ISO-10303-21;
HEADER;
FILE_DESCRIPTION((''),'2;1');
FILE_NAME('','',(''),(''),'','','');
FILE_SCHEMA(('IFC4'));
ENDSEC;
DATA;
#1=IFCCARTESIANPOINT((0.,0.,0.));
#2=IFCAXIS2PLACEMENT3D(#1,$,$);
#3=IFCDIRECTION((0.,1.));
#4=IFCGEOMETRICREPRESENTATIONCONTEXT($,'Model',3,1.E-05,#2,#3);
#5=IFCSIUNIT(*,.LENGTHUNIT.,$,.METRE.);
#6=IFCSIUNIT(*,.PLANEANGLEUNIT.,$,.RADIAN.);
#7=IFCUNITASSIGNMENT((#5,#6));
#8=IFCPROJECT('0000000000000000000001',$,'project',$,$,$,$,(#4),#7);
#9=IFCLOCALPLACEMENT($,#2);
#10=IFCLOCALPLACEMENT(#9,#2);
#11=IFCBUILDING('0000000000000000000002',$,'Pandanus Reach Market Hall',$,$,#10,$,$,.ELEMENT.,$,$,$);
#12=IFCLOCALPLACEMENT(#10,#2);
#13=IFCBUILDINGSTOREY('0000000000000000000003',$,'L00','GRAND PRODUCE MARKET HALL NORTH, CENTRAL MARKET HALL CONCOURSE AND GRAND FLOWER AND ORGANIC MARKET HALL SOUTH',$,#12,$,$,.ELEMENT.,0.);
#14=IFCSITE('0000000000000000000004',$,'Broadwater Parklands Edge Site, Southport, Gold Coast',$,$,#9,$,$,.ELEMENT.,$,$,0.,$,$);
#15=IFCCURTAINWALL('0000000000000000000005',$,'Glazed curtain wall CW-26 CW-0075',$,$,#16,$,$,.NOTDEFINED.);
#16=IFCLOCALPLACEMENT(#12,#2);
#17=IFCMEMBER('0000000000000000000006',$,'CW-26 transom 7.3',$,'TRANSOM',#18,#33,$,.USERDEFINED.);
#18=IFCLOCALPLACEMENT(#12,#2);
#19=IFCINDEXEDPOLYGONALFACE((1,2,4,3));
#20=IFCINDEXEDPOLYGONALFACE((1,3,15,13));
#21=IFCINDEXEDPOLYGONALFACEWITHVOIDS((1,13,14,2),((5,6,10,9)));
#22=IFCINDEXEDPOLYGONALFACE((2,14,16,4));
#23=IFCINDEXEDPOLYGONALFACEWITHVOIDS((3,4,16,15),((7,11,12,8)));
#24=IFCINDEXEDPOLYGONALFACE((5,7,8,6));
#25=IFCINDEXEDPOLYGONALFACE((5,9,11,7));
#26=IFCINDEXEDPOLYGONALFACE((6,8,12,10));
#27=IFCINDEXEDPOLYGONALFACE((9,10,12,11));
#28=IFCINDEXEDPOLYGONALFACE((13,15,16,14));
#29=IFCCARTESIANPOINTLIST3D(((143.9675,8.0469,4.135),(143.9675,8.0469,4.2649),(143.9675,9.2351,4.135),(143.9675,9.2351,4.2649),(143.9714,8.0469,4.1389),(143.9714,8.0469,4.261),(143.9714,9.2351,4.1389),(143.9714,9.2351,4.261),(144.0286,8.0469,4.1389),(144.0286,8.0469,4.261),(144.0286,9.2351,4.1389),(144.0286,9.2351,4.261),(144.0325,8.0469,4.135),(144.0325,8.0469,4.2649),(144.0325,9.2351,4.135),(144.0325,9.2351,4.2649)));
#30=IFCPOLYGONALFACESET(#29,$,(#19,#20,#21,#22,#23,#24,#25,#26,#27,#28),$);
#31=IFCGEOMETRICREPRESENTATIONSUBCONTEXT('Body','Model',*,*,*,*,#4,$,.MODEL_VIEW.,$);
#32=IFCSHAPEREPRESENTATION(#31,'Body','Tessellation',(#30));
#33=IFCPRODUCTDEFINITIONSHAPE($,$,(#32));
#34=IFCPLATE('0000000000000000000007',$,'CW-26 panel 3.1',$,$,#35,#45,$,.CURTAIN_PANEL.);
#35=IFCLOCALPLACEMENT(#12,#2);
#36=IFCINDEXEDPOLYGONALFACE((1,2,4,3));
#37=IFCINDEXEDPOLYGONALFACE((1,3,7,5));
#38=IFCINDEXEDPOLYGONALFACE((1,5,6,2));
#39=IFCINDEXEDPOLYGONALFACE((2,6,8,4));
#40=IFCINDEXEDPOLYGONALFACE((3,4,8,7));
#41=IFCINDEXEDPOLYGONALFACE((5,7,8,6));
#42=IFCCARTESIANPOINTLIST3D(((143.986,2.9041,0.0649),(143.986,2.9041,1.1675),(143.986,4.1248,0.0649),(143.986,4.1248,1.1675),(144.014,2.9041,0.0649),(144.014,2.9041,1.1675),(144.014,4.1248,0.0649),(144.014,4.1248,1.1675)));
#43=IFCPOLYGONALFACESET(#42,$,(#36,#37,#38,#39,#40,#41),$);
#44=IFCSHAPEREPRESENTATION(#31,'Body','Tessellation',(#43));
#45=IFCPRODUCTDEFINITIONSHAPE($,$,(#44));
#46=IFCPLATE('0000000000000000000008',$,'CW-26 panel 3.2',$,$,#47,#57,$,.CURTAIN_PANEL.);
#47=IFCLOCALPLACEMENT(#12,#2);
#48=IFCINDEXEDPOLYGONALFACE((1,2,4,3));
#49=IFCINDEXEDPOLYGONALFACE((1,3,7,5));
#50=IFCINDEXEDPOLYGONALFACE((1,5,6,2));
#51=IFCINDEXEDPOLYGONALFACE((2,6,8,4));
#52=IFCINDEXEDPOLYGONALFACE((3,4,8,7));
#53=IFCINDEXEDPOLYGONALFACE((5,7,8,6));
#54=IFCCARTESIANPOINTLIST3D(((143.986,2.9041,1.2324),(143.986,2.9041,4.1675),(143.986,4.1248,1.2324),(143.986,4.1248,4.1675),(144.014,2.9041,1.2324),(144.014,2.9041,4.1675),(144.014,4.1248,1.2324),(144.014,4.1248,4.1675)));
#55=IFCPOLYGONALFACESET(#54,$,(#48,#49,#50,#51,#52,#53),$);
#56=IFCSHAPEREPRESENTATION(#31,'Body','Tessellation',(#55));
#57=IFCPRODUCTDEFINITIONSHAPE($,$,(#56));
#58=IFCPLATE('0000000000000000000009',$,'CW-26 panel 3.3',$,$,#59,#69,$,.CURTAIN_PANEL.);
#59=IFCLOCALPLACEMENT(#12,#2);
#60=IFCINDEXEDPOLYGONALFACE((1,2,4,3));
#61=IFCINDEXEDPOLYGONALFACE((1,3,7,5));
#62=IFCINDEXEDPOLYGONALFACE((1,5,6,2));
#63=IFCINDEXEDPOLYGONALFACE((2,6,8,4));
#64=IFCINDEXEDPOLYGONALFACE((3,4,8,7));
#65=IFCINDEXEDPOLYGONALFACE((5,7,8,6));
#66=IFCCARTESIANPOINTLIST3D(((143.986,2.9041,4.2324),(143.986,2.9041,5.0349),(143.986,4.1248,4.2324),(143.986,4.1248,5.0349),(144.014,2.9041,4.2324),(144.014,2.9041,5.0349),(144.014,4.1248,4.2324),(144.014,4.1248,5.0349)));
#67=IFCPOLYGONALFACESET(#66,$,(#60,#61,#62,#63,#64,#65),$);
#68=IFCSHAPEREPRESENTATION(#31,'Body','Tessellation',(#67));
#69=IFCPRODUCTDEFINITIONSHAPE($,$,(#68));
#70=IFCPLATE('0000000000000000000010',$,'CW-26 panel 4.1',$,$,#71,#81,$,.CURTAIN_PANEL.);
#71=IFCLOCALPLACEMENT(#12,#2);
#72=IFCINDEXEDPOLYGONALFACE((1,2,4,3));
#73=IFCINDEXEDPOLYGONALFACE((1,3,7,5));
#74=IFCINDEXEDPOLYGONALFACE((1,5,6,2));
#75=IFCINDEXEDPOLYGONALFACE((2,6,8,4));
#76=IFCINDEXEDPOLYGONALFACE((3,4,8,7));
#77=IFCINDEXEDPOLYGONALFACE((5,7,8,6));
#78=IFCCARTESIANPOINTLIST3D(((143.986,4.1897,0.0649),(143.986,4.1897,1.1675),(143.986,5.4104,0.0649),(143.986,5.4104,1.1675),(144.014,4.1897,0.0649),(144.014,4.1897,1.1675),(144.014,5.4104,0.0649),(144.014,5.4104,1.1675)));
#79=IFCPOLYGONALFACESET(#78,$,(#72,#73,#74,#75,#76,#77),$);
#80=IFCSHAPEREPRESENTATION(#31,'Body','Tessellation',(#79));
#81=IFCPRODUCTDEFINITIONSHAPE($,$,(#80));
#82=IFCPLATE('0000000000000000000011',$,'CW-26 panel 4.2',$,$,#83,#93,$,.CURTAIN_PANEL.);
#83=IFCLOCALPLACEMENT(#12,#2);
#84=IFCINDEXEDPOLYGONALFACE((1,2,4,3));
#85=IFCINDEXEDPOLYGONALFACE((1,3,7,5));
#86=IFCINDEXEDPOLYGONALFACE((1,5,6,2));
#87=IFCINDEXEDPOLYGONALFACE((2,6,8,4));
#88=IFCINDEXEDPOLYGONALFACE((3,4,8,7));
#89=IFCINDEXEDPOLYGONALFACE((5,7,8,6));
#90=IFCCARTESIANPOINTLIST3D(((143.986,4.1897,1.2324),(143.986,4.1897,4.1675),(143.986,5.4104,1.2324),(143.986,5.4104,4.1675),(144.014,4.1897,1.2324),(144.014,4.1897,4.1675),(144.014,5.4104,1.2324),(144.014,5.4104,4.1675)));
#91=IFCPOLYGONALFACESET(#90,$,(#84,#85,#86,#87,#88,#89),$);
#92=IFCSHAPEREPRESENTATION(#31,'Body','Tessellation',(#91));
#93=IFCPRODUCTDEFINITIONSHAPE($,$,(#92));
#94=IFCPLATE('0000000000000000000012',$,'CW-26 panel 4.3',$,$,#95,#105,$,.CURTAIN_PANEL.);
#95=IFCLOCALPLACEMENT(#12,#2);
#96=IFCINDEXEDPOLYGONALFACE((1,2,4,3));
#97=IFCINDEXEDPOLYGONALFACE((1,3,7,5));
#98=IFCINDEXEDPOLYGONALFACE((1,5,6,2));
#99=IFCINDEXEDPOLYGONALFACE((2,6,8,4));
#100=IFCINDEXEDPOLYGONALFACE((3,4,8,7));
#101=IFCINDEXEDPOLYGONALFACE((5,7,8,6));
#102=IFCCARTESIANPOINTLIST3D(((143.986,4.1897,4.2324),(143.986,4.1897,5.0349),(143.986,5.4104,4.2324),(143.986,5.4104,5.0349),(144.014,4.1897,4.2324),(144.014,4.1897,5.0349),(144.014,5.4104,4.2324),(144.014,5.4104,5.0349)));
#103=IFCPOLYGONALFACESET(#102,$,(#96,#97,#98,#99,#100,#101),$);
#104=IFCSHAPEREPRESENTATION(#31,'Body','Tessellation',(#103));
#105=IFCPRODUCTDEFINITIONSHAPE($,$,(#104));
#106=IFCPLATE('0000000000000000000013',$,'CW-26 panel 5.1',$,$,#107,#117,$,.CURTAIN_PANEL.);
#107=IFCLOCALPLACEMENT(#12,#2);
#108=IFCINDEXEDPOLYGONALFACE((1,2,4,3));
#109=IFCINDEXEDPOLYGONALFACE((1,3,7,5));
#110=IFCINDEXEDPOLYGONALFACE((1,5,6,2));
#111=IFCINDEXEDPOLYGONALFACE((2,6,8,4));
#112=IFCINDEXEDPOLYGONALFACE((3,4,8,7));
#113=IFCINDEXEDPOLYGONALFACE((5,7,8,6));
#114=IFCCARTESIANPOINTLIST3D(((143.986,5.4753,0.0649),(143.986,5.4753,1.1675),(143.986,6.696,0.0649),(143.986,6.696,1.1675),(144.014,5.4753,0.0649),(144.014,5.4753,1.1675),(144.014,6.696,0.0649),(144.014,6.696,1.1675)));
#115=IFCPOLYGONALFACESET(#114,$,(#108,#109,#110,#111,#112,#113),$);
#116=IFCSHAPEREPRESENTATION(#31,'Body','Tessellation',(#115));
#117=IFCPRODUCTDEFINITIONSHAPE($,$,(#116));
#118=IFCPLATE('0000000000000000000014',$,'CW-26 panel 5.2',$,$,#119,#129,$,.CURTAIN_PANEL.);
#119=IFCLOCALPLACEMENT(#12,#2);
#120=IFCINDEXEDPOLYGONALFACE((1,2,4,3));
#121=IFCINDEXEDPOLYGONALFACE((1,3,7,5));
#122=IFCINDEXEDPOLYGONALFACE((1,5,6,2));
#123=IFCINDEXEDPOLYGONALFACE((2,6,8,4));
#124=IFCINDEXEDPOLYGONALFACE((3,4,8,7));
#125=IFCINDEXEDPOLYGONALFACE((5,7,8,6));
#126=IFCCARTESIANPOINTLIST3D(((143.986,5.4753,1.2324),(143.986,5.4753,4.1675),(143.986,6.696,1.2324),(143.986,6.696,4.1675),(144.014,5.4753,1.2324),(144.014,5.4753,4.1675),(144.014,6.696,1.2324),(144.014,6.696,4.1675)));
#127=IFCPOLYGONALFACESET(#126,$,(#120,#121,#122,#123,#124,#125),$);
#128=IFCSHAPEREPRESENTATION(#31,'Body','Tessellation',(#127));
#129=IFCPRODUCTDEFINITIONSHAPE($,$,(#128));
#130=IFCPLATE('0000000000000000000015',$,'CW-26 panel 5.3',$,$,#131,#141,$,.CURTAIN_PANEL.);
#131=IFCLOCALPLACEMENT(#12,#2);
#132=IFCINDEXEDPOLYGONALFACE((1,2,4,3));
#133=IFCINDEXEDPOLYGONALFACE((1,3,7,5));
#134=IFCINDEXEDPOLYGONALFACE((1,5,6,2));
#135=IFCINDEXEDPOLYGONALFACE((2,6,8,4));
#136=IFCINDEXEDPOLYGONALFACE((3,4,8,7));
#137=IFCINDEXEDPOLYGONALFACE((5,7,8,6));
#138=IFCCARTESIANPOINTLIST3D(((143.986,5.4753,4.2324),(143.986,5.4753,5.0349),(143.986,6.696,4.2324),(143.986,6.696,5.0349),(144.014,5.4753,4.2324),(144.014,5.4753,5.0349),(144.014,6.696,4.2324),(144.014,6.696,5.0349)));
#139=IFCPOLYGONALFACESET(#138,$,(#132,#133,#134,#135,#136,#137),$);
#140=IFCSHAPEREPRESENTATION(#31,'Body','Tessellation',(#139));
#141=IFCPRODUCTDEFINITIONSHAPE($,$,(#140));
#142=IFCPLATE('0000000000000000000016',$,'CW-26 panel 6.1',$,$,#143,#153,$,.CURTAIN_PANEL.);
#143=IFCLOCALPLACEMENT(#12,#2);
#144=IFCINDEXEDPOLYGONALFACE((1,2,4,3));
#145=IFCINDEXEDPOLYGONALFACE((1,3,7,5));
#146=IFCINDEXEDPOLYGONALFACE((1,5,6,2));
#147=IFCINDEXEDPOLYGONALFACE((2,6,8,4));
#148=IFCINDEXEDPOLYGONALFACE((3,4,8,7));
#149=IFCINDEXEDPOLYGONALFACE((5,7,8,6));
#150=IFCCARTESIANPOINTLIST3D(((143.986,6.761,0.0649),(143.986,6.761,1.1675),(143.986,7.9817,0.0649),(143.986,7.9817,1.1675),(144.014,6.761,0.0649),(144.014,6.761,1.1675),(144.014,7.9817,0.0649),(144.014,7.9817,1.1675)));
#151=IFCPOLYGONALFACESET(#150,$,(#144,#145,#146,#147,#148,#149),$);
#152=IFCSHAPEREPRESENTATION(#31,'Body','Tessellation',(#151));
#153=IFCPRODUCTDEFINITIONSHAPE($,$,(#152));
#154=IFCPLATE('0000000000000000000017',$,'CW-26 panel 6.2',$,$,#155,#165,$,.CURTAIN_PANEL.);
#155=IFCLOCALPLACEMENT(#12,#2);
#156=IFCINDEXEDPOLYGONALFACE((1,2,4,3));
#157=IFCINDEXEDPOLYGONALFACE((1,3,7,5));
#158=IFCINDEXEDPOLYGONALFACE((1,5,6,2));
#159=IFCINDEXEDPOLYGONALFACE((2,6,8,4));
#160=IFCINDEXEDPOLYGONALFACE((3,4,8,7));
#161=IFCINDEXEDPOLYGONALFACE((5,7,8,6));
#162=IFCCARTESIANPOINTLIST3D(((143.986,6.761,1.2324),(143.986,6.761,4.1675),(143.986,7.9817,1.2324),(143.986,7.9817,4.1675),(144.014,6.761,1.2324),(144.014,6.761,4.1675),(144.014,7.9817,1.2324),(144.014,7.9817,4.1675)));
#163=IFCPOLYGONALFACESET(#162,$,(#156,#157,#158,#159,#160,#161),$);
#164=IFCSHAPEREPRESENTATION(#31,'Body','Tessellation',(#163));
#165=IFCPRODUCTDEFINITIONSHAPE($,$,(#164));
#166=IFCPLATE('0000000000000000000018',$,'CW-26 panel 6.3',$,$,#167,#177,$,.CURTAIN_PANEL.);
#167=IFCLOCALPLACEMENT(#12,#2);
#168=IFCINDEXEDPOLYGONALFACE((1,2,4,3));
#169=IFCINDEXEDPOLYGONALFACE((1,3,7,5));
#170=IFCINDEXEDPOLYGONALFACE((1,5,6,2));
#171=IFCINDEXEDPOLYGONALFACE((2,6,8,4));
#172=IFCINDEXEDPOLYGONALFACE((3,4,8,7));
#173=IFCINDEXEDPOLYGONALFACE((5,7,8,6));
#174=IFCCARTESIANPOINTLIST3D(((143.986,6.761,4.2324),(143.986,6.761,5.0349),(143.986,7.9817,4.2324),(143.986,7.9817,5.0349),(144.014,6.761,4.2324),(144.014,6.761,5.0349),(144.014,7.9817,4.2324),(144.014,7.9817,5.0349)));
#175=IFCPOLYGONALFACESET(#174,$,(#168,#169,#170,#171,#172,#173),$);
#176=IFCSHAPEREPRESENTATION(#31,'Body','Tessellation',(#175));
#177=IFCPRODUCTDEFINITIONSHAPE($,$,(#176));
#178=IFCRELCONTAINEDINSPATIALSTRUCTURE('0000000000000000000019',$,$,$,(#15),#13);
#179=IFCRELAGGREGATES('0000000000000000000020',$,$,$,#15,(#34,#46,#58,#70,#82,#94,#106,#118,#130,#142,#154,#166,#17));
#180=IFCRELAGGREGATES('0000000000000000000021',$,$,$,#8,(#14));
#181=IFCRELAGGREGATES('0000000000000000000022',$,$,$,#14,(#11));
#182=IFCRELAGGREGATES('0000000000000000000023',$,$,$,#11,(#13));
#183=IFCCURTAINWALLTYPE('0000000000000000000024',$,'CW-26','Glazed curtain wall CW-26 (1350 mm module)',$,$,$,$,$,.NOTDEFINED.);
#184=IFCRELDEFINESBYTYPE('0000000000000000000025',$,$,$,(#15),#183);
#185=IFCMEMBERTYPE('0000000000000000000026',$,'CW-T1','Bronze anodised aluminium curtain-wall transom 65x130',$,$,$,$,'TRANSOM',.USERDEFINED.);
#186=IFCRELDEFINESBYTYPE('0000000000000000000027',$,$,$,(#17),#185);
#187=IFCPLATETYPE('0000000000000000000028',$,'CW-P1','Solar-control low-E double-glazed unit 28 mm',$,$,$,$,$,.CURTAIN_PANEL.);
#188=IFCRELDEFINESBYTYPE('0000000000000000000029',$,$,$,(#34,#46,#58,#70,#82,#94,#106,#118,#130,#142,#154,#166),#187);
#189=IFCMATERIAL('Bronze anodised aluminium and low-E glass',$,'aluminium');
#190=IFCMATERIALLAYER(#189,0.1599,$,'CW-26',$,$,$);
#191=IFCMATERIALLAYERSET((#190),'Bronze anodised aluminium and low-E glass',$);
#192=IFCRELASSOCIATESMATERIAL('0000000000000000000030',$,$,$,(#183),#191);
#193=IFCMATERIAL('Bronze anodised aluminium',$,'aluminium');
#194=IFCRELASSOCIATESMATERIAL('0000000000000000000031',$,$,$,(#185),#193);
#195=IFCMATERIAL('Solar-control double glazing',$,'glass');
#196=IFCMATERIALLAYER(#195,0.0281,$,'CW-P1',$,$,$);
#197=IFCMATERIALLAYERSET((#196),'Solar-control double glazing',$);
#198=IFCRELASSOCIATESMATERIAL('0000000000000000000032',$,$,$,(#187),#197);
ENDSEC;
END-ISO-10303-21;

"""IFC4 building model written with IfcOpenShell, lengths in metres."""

from ifc_helpers import new_model, si_unit, direction, frame, origin, origin_2d, place, context, subcontext, project, spatial, rectangle, hollow_rectangle, extrude, material, layer, layer_set, material_profile, profile_set, type_object, element, aggregate, save


model = new_model("IFC4")

# Units and contexts
model_context = context("Model", 3, precision=1e-05, world=origin(), true_north=direction((0.0, 1.0)))
body_context = subcontext(model_context, "Body", "Model", "MODEL_VIEW")
ifc_project = project(units=[si_unit("LENGTHUNIT", "METRE"), si_unit("PLANEANGLEUNIT", "RADIAN")], contexts=[model_context])

# Site, building, storey
site_placement = place(None, origin())
site = spatial("IfcSite", under=ifc_project, at=site_placement, Name="Broadwater Parklands Edge Site, Southport, Gold Coast", CompositionType="ELEMENT", RefElevation=0.0)
building_placement = place(site_placement, origin())
building = spatial("IfcBuilding", under=site, at=building_placement, Name="Pandanus Reach Market Hall", CompositionType="ELEMENT")
storey_placement = place(building_placement, origin())
storey = spatial("IfcBuildingStorey", under=building, at=storey_placement, Name="L00", Description="GRAND PRODUCE MARKET HALL NORTH, CENTRAL MARKET HALL CONCOURSE AND GRAND FLOWER AND ORGANIC MARKET HALL SOUTH", CompositionType="ELEMENT", Elevation=0.0)

# Curtain wall, member, plates
ifc_material_1 = material(Name="Bronze anodised aluminium and low-E glass", Category="aluminium")
ifc_layer_1 = layer(ifc_material_1, 0.1599, Name="CW-26")
ifc_layer_set_1 = layer_set([ifc_layer_1], Name="Bronze anodised aluminium and low-E glass")
curtain_wall_type = type_object("IfcCurtainWallType", Name="CW-26", Description="Glazed curtain wall CW-26 (1350 mm module)", PredefinedType="NOTDEFINED", material=ifc_layer_set_1)
curtain_wall_placement = place(storey_placement, origin())
curtain_wall = element("IfcCurtainWall", 1, at=curtain_wall_placement, inside=storey, type_object=curtain_wall_type, Name="Glazed curtain wall CW-26 CW-0075", PredefinedType="NOTDEFINED")
ifc_material_2 = material(Name="Bronze anodised aluminium", Category="aluminium")
ifc_material_profile_1 = material_profile(ifc_material_2, hollow_rectangle(XDim=0.0649, YDim=0.1299, WallThickness=0.0039, at=origin_2d()), Name="ALU65x130", Category="LoadBearing")
ifc_profile_set_1 = profile_set([ifc_material_profile_1], Name="Bronze anodised aluminium")
member_type_1 = type_object("IfcMemberType", Name="CW-T1", Description="Bronze anodised aluminium curtain-wall transom 65x130", ElementType="TRANSOM", PredefinedType="USERDEFINED", material=ifc_profile_set_1)
member_1_placement = place(storey_placement, frame((144.0, 8.0469, 4.2), z_axis=(0.0, 1.0, 0.0), x_axis=(-1.0, 0.0, 0.0)))
member_1 = element("IfcMember", 2, at=member_1_placement, type_object=member_type_1, Name="CW-26 transom 7.3", ObjectType="TRANSOM", PredefinedType="USERDEFINED", context=body_context, shape_type="SweptSolid", body=[
    extrude(hollow_rectangle(XDim=0.0649, YDim=0.1299, WallThickness=0.0039, at=origin_2d()), origin(), (0.0, 0.0, 1.0), 1.1882),
])
ifc_material_3 = material(Name="Solar-control double glazing", Category="glass")
ifc_layer_2 = layer(ifc_material_3, 0.0281, Name="CW-P1")
ifc_layer_set_2 = layer_set([ifc_layer_2], Name="Solar-control double glazing")
plate_type = type_object("IfcPlateType", Name="CW-P1", Description="Solar-control low-E double-glazed unit 28 mm", PredefinedType="CURTAIN_PANEL", material=ifc_layer_set_2)
plate_1_placement = place(storey_placement, frame((144.0, 3.5144, 0.0649), z_axis=(0.0, 0.0, 1.0), x_axis=(0.0, 1.0, 0.0)))
plate_1 = element("IfcPlate", 3, at=plate_1_placement, type_object=plate_type, Name="CW-26 panel 3.1", PredefinedType="CURTAIN_PANEL", context=body_context, shape_type="SweptSolid", body=[
    extrude(rectangle(XDim=1.2207, YDim=0.0281, at=origin_2d()), origin(), (0.0, 0.0, 1.0), 1.1025),
])
plate_2_placement = place(storey_placement, frame((144.0, 3.5144, 1.2324), z_axis=(0.0, 0.0, 1.0), x_axis=(0.0, 1.0, 0.0)))
plate_2 = element("IfcPlate", 4, at=plate_2_placement, type_object=plate_type, Name="CW-26 panel 3.2", PredefinedType="CURTAIN_PANEL", context=body_context, shape_type="SweptSolid", body=[
    extrude(rectangle(XDim=1.2207, YDim=0.0281, at=origin_2d()), origin(), (0.0, 0.0, 1.0), 2.9351),
])
plate_3_placement = place(storey_placement, frame((144.0, 3.5144, 4.2324), z_axis=(0.0, 0.0, 1.0), x_axis=(0.0, 1.0, 0.0)))
plate_3 = element("IfcPlate", 5, at=plate_3_placement, type_object=plate_type, Name="CW-26 panel 3.3", PredefinedType="CURTAIN_PANEL", context=body_context, shape_type="SweptSolid", body=[
    extrude(rectangle(XDim=1.2207, YDim=0.0281, at=origin_2d()), origin(), (0.0, 0.0, 1.0), 0.8025),
])
plate_4_placement = place(storey_placement, frame((144.0, 4.8, 0.0649), z_axis=(0.0, 0.0, 1.0), x_axis=(0.0, 1.0, 0.0)))
plate_4 = element("IfcPlate", 6, at=plate_4_placement, type_object=plate_type, Name="CW-26 panel 4.1", PredefinedType="CURTAIN_PANEL", context=body_context, shape_type="SweptSolid", body=[
    extrude(rectangle(XDim=1.2207, YDim=0.0281, at=origin_2d()), origin(), (0.0, 0.0, 1.0), 1.1025),
])
plate_5_placement = place(storey_placement, frame((144.0, 4.8, 1.2324), z_axis=(0.0, 0.0, 1.0), x_axis=(0.0, 1.0, 0.0)))
plate_5 = element("IfcPlate", 7, at=plate_5_placement, type_object=plate_type, Name="CW-26 panel 4.2", PredefinedType="CURTAIN_PANEL", context=body_context, shape_type="SweptSolid", body=[
    extrude(rectangle(XDim=1.2207, YDim=0.0281, at=origin_2d()), origin(), (0.0, 0.0, 1.0), 2.9351),
])
plate_6_placement = place(storey_placement, frame((144.0, 4.8, 4.2324), z_axis=(0.0, 0.0, 1.0), x_axis=(0.0, 1.0, 0.0)))
plate_6 = element("IfcPlate", 8, at=plate_6_placement, type_object=plate_type, Name="CW-26 panel 4.3", PredefinedType="CURTAIN_PANEL", context=body_context, shape_type="SweptSolid", body=[
    extrude(rectangle(XDim=1.2207, YDim=0.0281, at=origin_2d()), origin(), (0.0, 0.0, 1.0), 0.8025),
])
plate_7_placement = place(storey_placement, frame((144.0, 6.0857, 0.0649), z_axis=(0.0, 0.0, 1.0), x_axis=(0.0, 1.0, 0.0)))
plate_7 = element("IfcPlate", 9, at=plate_7_placement, type_object=plate_type, Name="CW-26 panel 5.1", PredefinedType="CURTAIN_PANEL", context=body_context, shape_type="SweptSolid", body=[
    extrude(rectangle(XDim=1.2207, YDim=0.0281, at=origin_2d()), origin(), (0.0, 0.0, 1.0), 1.1025),
])
plate_8_placement = place(storey_placement, frame((144.0, 6.0857, 1.2324), z_axis=(0.0, 0.0, 1.0), x_axis=(0.0, 1.0, 0.0)))
plate_8 = element("IfcPlate", 10, at=plate_8_placement, type_object=plate_type, Name="CW-26 panel 5.2", PredefinedType="CURTAIN_PANEL", context=body_context, shape_type="SweptSolid", body=[
    extrude(rectangle(XDim=1.2207, YDim=0.0281, at=origin_2d()), origin(), (0.0, 0.0, 1.0), 2.9351),
])
plate_9_placement = place(storey_placement, frame((144.0, 6.0857, 4.2324), z_axis=(0.0, 0.0, 1.0), x_axis=(0.0, 1.0, 0.0)))
plate_9 = element("IfcPlate", 11, at=plate_9_placement, type_object=plate_type, Name="CW-26 panel 5.3", PredefinedType="CURTAIN_PANEL", context=body_context, shape_type="SweptSolid", body=[
    extrude(rectangle(XDim=1.2207, YDim=0.0281, at=origin_2d()), origin(), (0.0, 0.0, 1.0), 0.8025),
])
plate_10_placement = place(storey_placement, frame((144.0, 7.3713, 0.0649), z_axis=(0.0, 0.0, 1.0), x_axis=(0.0, 1.0, 0.0)))
plate_10 = element("IfcPlate", 12, at=plate_10_placement, type_object=plate_type, Name="CW-26 panel 6.1", PredefinedType="CURTAIN_PANEL", context=body_context, shape_type="SweptSolid", body=[
    extrude(rectangle(XDim=1.2207, YDim=0.0281, at=origin_2d()), origin(), (0.0, 0.0, 1.0), 1.1025),
])
plate_11_placement = place(storey_placement, frame((144.0, 7.3713, 1.2324), z_axis=(0.0, 0.0, 1.0), x_axis=(0.0, 1.0, 0.0)))
plate_11 = element("IfcPlate", 13, at=plate_11_placement, type_object=plate_type, Name="CW-26 panel 6.2", PredefinedType="CURTAIN_PANEL", context=body_context, shape_type="SweptSolid", body=[
    extrude(rectangle(XDim=1.2207, YDim=0.0281, at=origin_2d()), origin(), (0.0, 0.0, 1.0), 2.9351),
])
plate_12_placement = place(storey_placement, frame((144.0, 7.3713, 4.2324), z_axis=(0.0, 0.0, 1.0), x_axis=(0.0, 1.0, 0.0)))
plate_12 = element("IfcPlate", 14, at=plate_12_placement, type_object=plate_type, Name="CW-26 panel 6.3", PredefinedType="CURTAIN_PANEL", context=body_context, shape_type="SweptSolid", body=[
    extrude(rectangle(XDim=1.2207, YDim=0.0281, at=origin_2d()), origin(), (0.0, 0.0, 1.0), 0.8025),
])
aggregate(curtain_wall, [plate_1, plate_2, plate_3, plate_4, plate_5, plate_6, plate_7, plate_8, plate_9, plate_10, plate_11, plate_12, member_1])

save(model, "model.ifc")
